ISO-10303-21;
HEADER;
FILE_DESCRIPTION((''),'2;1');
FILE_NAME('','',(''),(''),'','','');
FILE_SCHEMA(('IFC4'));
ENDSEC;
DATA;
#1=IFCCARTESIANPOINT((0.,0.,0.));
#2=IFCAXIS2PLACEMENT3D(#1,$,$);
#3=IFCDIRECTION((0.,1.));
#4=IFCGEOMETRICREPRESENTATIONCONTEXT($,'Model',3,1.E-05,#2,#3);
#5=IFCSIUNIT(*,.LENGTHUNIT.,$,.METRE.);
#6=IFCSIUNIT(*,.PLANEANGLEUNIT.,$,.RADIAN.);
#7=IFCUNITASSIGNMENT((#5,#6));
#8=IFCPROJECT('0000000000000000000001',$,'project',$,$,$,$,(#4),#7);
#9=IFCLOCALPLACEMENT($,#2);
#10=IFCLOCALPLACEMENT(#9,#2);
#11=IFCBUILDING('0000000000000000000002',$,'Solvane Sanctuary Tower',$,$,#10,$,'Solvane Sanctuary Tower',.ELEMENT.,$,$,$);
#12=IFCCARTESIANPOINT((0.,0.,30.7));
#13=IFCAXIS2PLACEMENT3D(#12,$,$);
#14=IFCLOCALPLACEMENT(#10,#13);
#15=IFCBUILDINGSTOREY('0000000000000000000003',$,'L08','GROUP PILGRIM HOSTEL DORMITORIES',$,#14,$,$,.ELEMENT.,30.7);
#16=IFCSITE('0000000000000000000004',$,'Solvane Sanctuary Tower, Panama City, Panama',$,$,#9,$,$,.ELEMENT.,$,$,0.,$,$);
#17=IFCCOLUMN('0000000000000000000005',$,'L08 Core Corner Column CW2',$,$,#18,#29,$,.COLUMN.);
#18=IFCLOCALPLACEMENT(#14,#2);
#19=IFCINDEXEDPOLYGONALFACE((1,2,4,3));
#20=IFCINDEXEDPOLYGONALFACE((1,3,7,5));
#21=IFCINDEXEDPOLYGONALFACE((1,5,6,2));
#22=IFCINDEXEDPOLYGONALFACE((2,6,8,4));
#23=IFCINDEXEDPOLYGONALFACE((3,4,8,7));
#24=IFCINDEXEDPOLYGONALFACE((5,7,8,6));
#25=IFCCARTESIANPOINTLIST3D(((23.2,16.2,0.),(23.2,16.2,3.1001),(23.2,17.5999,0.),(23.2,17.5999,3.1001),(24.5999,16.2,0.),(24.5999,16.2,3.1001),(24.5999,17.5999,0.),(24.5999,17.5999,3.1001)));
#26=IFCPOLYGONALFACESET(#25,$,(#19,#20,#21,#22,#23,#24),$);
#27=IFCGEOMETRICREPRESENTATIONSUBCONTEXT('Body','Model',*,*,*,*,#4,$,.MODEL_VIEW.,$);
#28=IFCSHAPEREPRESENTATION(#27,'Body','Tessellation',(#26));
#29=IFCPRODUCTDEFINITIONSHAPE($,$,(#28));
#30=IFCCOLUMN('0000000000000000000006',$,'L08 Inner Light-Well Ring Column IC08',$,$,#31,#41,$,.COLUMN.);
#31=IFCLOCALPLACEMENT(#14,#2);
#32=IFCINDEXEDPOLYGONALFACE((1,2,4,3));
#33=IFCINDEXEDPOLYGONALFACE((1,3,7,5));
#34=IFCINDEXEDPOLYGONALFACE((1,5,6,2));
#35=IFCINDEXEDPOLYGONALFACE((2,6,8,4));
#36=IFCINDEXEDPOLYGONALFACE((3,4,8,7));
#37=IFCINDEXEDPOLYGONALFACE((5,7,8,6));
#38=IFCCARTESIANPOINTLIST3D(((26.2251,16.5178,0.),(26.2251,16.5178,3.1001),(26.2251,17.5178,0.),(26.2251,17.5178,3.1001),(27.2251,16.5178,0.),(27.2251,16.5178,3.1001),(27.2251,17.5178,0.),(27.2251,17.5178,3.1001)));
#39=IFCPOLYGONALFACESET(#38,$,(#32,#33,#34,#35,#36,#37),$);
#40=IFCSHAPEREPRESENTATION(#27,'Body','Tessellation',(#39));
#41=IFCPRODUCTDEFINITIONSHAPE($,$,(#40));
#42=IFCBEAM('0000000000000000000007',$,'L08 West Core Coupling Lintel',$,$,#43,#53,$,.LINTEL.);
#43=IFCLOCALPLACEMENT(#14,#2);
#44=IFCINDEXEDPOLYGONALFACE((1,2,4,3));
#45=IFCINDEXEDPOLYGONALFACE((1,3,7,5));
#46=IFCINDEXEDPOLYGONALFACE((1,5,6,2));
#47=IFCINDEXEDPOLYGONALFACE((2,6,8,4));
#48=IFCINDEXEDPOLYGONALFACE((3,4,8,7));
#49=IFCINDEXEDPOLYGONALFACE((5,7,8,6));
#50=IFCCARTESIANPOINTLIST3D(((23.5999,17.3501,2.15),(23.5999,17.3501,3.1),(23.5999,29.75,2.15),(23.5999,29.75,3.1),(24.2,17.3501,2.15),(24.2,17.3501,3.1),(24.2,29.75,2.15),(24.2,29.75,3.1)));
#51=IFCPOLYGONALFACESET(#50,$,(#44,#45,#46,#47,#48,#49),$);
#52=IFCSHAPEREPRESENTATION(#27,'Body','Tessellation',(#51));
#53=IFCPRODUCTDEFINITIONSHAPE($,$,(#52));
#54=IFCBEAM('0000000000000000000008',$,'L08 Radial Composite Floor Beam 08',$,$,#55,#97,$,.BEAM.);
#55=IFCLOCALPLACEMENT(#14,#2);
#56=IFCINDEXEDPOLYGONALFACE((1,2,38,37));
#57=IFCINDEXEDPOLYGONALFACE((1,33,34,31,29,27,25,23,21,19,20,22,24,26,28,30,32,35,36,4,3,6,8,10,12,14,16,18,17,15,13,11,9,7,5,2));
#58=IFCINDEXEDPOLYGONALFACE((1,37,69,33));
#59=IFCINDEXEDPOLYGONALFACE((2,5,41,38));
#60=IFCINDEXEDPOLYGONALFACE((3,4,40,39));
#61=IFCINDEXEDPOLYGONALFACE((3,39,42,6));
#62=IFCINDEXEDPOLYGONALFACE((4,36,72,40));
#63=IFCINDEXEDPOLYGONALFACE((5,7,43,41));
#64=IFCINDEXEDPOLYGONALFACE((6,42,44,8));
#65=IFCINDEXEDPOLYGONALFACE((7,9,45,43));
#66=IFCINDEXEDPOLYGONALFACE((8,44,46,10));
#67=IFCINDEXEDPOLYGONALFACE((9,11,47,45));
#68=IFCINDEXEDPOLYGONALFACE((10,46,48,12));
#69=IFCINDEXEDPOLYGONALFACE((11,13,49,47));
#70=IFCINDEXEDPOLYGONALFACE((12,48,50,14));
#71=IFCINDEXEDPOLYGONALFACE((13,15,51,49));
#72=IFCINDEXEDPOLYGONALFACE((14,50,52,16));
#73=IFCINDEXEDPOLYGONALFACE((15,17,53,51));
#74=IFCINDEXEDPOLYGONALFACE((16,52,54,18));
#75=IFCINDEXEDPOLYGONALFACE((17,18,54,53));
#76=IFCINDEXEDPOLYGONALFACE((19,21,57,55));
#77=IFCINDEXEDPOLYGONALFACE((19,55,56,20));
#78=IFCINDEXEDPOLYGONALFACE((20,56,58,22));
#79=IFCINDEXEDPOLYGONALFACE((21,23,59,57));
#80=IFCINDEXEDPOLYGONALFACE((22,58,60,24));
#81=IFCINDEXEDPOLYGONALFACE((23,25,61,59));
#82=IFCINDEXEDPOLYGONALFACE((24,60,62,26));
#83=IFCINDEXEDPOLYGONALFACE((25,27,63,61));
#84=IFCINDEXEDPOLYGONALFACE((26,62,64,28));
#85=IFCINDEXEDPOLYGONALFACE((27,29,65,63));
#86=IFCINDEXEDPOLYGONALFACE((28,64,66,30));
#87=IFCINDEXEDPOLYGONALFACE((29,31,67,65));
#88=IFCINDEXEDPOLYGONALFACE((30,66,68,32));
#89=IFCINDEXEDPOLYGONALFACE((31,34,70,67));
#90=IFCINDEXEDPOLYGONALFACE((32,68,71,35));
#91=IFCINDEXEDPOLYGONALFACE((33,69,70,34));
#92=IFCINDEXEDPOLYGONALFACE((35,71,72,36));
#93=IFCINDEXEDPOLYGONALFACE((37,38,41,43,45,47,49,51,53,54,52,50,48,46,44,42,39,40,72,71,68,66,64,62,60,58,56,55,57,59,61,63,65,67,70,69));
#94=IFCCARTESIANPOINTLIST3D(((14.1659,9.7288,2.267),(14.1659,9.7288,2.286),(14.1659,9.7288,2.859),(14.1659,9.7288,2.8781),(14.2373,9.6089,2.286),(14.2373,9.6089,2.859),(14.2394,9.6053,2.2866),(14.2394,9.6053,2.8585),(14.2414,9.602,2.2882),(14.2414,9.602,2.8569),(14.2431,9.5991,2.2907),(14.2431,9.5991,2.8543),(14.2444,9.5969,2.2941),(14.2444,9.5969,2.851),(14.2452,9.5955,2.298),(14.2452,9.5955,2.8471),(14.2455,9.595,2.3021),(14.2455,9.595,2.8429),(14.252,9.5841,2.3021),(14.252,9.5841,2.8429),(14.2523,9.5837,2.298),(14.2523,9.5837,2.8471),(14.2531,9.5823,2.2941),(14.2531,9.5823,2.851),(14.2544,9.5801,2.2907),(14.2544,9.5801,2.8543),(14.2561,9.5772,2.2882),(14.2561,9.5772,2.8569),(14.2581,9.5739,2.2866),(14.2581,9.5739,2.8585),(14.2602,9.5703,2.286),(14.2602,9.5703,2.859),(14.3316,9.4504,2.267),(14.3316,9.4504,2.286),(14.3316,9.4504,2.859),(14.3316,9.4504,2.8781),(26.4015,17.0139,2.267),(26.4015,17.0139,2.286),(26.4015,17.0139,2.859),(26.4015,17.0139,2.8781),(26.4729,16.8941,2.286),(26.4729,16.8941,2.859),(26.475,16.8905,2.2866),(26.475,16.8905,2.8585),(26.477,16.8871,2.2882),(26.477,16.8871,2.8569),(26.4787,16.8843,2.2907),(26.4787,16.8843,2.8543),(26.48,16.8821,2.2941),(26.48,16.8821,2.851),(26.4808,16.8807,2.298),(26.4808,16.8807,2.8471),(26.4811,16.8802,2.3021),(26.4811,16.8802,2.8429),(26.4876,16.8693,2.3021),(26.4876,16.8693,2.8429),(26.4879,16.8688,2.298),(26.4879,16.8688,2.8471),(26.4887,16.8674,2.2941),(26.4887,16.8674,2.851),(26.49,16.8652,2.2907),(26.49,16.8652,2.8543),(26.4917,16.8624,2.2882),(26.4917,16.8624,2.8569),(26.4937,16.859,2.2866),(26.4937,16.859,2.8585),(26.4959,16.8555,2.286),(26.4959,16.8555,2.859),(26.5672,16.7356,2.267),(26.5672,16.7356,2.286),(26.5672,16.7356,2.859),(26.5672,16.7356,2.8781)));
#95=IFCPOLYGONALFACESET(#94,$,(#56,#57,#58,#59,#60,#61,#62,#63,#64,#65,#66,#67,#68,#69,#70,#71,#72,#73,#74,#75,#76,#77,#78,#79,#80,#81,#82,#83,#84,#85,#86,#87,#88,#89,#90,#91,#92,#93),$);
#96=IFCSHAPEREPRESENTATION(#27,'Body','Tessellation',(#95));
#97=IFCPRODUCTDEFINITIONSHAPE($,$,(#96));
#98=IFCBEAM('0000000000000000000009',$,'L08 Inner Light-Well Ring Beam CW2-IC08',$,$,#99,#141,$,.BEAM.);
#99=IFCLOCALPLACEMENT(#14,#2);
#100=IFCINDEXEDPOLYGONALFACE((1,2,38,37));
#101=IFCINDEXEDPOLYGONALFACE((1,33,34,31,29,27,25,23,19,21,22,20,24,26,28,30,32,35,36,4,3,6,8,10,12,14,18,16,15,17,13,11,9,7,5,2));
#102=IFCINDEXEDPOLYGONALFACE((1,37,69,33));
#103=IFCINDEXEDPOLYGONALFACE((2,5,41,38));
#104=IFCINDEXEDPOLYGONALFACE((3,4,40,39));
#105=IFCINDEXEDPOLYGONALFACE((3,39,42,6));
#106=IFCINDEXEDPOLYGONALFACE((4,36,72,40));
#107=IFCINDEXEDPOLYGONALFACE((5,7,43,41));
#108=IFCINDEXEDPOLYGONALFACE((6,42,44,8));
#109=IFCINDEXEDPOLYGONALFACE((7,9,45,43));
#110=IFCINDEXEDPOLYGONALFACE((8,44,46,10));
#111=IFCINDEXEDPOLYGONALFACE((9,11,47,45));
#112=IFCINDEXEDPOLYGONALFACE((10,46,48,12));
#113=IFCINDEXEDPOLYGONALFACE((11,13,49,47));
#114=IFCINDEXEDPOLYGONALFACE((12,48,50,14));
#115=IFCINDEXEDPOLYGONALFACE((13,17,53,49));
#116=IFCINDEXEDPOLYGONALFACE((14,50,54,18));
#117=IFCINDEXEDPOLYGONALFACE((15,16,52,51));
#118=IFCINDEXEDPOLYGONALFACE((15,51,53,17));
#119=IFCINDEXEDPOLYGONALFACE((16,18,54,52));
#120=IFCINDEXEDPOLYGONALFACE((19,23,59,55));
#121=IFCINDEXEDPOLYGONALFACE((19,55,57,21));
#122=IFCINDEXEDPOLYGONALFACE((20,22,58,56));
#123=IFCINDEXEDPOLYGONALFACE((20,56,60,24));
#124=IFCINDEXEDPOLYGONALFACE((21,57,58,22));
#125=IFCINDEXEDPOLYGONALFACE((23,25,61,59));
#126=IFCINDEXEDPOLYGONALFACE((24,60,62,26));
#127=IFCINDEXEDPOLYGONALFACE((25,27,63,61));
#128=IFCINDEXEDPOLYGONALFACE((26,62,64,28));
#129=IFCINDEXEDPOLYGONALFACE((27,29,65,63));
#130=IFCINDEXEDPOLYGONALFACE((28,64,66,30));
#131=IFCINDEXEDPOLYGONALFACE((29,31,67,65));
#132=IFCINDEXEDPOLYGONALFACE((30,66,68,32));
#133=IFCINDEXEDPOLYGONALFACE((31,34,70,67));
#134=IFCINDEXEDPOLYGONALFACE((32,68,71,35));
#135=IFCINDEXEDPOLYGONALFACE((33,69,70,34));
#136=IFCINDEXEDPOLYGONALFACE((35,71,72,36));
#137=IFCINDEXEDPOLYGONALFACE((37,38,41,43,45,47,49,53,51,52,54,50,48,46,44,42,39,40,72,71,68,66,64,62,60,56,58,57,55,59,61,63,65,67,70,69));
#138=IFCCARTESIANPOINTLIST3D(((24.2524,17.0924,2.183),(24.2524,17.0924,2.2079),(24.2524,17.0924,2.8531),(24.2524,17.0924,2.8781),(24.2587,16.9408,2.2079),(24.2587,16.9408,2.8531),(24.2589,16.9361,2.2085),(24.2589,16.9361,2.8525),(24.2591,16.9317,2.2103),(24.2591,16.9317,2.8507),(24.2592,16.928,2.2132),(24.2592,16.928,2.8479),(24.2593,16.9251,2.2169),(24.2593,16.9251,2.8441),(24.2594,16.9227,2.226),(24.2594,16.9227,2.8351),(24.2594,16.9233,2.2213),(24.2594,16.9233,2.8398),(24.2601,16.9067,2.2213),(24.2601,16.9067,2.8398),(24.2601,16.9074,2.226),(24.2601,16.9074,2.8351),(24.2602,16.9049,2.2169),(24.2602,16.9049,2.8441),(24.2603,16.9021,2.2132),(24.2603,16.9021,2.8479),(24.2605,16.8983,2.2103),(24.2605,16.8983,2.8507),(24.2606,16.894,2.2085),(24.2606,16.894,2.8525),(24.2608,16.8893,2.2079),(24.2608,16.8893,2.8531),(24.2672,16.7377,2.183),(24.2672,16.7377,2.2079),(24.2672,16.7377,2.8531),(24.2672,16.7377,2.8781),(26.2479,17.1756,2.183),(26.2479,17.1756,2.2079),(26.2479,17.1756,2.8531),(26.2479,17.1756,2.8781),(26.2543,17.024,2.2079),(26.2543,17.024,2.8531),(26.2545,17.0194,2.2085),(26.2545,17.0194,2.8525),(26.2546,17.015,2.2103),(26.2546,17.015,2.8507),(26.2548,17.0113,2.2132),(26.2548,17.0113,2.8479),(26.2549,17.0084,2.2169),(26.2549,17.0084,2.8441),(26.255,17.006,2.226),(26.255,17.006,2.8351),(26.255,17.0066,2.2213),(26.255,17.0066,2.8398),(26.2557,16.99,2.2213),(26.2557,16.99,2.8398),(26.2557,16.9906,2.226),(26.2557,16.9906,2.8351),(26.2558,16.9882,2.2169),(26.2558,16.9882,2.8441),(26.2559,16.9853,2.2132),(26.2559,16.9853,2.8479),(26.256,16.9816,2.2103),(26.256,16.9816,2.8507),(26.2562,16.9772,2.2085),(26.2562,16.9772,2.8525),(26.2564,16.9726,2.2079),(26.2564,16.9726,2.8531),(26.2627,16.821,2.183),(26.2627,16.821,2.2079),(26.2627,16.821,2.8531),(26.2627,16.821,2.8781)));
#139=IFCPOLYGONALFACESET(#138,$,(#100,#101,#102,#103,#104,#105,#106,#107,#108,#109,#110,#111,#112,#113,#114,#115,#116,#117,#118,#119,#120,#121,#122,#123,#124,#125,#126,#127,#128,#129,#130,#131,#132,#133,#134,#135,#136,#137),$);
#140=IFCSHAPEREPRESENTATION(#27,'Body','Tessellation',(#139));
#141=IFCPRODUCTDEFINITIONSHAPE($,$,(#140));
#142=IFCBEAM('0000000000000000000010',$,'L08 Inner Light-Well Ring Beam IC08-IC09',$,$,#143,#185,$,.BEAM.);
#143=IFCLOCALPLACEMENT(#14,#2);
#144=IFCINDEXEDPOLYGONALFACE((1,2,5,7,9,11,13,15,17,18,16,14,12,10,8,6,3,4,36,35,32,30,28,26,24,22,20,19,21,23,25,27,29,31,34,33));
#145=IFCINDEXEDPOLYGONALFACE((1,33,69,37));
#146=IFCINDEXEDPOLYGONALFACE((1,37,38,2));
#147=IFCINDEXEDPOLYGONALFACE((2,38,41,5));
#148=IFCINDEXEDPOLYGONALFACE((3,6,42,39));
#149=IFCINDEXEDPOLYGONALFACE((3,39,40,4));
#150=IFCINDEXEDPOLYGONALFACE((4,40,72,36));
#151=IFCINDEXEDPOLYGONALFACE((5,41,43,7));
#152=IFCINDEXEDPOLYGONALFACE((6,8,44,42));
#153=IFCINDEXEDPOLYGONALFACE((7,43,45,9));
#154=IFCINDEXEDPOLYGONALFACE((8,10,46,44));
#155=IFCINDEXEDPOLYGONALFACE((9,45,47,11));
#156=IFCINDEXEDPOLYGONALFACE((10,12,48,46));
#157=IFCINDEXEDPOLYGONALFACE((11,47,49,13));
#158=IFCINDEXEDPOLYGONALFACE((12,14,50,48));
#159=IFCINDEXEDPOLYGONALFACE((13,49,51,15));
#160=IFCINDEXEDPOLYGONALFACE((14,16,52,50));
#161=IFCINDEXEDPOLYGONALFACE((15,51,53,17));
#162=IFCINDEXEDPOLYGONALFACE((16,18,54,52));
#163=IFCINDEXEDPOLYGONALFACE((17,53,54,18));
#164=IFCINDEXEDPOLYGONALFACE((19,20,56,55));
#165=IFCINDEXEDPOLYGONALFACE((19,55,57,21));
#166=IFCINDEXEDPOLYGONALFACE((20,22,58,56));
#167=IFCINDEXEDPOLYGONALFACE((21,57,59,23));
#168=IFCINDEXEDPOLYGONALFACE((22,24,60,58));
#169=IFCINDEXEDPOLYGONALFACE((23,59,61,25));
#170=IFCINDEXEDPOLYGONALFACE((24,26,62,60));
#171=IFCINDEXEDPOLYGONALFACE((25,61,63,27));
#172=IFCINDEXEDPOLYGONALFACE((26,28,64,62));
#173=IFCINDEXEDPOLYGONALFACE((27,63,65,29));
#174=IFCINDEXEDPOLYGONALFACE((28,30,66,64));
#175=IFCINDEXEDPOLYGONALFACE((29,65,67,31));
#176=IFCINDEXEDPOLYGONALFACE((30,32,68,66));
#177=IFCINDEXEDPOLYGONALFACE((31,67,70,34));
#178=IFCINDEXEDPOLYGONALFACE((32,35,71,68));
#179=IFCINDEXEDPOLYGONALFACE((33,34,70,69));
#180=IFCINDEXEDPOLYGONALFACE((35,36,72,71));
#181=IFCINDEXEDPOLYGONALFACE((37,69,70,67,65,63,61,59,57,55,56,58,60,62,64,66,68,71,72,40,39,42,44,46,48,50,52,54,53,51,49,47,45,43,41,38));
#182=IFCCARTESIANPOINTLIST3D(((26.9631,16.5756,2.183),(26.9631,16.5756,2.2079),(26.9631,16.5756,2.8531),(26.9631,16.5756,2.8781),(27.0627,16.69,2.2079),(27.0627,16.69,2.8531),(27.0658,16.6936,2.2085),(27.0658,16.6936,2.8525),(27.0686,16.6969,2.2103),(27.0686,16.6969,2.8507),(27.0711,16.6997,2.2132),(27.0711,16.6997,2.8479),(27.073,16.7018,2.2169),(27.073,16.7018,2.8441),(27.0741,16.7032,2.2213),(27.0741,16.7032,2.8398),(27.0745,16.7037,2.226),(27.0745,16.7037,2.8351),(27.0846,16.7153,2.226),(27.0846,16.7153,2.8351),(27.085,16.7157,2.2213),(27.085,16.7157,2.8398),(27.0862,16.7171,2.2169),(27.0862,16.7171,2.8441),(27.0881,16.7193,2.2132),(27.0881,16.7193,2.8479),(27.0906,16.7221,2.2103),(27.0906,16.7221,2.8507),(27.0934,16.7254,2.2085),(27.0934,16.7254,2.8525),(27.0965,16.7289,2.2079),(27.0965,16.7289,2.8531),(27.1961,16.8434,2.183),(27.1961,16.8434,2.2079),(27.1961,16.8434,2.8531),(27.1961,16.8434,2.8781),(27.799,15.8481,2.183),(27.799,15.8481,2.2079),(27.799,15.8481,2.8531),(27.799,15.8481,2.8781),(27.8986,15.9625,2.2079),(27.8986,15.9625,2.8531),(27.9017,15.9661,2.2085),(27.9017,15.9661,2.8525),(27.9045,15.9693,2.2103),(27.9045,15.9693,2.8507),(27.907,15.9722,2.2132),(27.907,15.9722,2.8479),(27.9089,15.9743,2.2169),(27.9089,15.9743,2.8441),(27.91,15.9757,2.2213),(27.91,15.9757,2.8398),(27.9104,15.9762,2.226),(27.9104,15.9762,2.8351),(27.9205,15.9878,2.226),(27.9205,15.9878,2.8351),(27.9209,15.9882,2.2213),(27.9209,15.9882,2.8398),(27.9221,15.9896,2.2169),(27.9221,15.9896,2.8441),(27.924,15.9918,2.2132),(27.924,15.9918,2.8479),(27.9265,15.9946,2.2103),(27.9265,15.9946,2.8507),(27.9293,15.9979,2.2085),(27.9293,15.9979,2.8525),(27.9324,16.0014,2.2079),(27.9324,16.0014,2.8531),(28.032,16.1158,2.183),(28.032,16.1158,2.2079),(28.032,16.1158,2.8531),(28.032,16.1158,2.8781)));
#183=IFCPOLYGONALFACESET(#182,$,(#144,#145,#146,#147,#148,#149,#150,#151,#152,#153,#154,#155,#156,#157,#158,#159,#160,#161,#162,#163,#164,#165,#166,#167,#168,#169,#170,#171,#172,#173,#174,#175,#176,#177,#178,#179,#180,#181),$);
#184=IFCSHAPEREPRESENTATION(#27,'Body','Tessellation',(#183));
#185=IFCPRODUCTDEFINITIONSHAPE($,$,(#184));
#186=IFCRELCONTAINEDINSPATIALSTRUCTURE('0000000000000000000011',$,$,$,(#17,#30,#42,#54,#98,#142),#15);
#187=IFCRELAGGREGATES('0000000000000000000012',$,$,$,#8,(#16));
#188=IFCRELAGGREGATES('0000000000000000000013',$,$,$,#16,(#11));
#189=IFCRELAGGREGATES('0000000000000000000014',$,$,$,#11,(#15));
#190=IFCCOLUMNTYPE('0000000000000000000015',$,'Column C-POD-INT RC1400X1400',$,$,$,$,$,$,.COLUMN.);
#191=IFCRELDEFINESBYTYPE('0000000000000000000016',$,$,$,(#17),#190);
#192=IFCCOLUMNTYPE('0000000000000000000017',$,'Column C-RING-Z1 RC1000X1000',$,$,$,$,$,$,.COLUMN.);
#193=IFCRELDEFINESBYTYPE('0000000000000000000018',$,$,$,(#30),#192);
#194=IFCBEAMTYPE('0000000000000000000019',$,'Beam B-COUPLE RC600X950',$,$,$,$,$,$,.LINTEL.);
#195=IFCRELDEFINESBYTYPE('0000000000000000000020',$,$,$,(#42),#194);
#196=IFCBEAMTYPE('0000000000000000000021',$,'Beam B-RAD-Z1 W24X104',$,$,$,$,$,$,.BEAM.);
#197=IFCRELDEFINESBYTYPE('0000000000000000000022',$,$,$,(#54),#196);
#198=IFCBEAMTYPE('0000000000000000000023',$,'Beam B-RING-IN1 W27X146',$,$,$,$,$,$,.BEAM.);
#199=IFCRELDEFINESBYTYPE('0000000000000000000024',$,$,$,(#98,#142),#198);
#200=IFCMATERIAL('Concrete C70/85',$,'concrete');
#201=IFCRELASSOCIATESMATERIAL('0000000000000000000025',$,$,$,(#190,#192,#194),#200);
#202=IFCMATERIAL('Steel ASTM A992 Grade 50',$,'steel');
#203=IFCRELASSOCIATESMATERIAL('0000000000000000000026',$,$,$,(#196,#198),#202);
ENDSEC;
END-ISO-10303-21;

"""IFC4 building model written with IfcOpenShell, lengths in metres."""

from ifc_helpers import new_model, si_unit, direction, frame, origin, origin_2d, place, context, subcontext, project, spatial, rectangle, i_section, extrude, material, material_profile, profile_set, type_object, element, save


model = new_model("IFC4")

# Units and contexts
model_context = context("Model", 3, precision=1e-05, world=origin(), true_north=direction((0.0, 1.0)))
body_context = subcontext(model_context, "Body", "Model", "MODEL_VIEW")
ifc_project = project(units=[si_unit("LENGTHUNIT", "METRE"), si_unit("PLANEANGLEUNIT", "RADIAN")], contexts=[model_context])

# Site, building, storey
site_placement = place(None, origin())
site = spatial("IfcSite", under=ifc_project, at=site_placement, Name="Solvane Sanctuary Tower, Panama City, Panama", CompositionType="ELEMENT", RefElevation=0.0)
building_placement = place(site_placement, origin())
building = spatial("IfcBuilding", under=site, at=building_placement, Name="Solvane Sanctuary Tower", LongName="Solvane Sanctuary Tower", CompositionType="ELEMENT")
storey_placement = place(building_placement, frame((0.0, 0.0, 30.7)))
storey = spatial("IfcBuildingStorey", under=building, at=storey_placement, Name="L08", Description="GROUP PILGRIM HOSTEL DORMITORIES", CompositionType="ELEMENT", Elevation=30.7)

# Columns
ifc_material_1 = material(Name="Concrete C70/85", Category="concrete")
ifc_material_profile_1 = material_profile(ifc_material_1, rectangle(XDim=1.3999, YDim=1.3999, at=origin_2d()), Name="RC1400X1400")
ifc_profile_set_1 = profile_set([ifc_material_profile_1], Name="Concrete C70/85")
column_type_1 = type_object("IfcColumnType", Name="Column C-POD-INT RC1400X1400", PredefinedType="COLUMN", material=ifc_profile_set_1)
column_1_placement = place(storey_placement, frame((23.8999, 16.8999, 0.0), z_axis=(0.0, 0.0, 1.0), x_axis=(1.0, 0.0, 0.0)))
element("IfcColumn", 1, at=column_1_placement, inside=storey, type_object=column_type_1, Name="L08 Core Corner Column CW2", PredefinedType="COLUMN", context=body_context, shape_type="SweptSolid", body=[
    extrude(rectangle(XDim=1.3999, YDim=1.3999, at=origin_2d()), origin(), (0.0, 0.0, 1.0), 3.1001),
])
ifc_material_profile_2 = material_profile(ifc_material_1, rectangle(XDim=1.0, YDim=1.0, at=origin_2d()), Name="RC1000X1000")
ifc_profile_set_2 = profile_set([ifc_material_profile_2], Name="Concrete C70/85")
column_type_2 = type_object("IfcColumnType", Name="Column C-RING-Z1 RC1000X1000", PredefinedType="COLUMN", material=ifc_profile_set_2)
column_2_placement = place(storey_placement, frame((26.7251, 17.0178, 0.0), z_axis=(0.0, 0.0, 1.0), x_axis=(1.0, 0.0, 0.0)))
element("IfcColumn", 2, at=column_2_placement, inside=storey, type_object=column_type_2, Name="L08 Inner Light-Well Ring Column IC08", PredefinedType="COLUMN", context=body_context, shape_type="SweptSolid", body=[
    extrude(rectangle(XDim=1.0, YDim=1.0, at=origin_2d()), origin(), (0.0, 0.0, 1.0), 3.1001),
])

# Beams
ifc_material_profile_3 = material_profile(ifc_material_1, rectangle(XDim=0.6001, YDim=0.95, at=origin_2d()), Name="RC600X950")
ifc_profile_set_3 = profile_set([ifc_material_profile_3], Name="Concrete C70/85")
beam_type_1 = type_object("IfcBeamType", Name="Beam B-COUPLE RC600X950", PredefinedType="LINTEL", material=ifc_profile_set_3)
beam_1_placement = place(storey_placement, frame((23.8999, 17.3501, 2.625), z_axis=(0.0, 1.0, 0.0), x_axis=(-1.0, 0.0, 0.0)))
element("IfcBeam", 3, at=beam_1_placement, inside=storey, type_object=beam_type_1, Name="L08 West Core Coupling Lintel", PredefinedType="LINTEL", context=body_context, shape_type="SweptSolid", body=[
    extrude(rectangle(XDim=0.6001, YDim=0.95, at=origin_2d()), origin(), (0.0, 0.0, 1.0), 12.3999),
])
ifc_material_2 = material(Name="Steel ASTM A992 Grade 50", Category="steel")
ifc_material_profile_4 = material_profile(ifc_material_2, i_section(OverallWidth=0.324, OverallDepth=0.6111, WebThickness=0.0127, FlangeThickness=0.019, FilletRadius=0.0161, at=origin_2d()), Name="W24X104")
ifc_profile_set_4 = profile_set([ifc_material_profile_4], Name="Steel ASTM A992 Grade 50")
beam_type_2 = type_object("IfcBeamType", Name="Beam B-RAD-Z1 W24X104", PredefinedType="BEAM", material=ifc_profile_set_4)
beam_2_placement = place(storey_placement, frame((26.4844, 16.8748, 2.5725), z_axis=(-0.859229, -0.511591, 0.0), x_axis=(0.511591, -0.859229, 0.0)))
element("IfcBeam", 4, at=beam_2_placement, inside=storey, type_object=beam_type_2, Name="L08 Radial Composite Floor Beam 08", PredefinedType="BEAM", context=body_context, shape_type="SweptSolid", body=[
    extrude(i_section(OverallWidth=0.324, OverallDepth=0.6111, WebThickness=0.0127, FlangeThickness=0.019, FilletRadius=0.0161, at=origin_2d()), origin(), (0.0, 0.0, 1.0), 14.2402),
])
ifc_material_profile_5 = material_profile(ifc_material_2, i_section(OverallWidth=0.355, OverallDepth=0.6951, WebThickness=0.0154, FlangeThickness=0.0249, FilletRadius=0.0181, at=origin_2d()), Name="W27X146")
ifc_profile_set_5 = profile_set([ifc_material_profile_5], Name="Steel ASTM A992 Grade 50")
beam_type_3 = type_object("IfcBeamType", Name="Beam B-RING-IN1 W27X146", PredefinedType="BEAM", material=ifc_profile_set_5)
beam_3_placement = place(storey_placement, frame((24.2598, 16.915, 2.5305), z_axis=(0.999131, 0.041681, 0.0), x_axis=(-0.041681, 0.999131, 0.0)))
element("IfcBeam", 5, at=beam_3_placement, inside=storey, type_object=beam_type_3, Name="L08 Inner Light-Well Ring Beam CW2-IC08", PredefinedType="BEAM", context=body_context, shape_type="SweptSolid", body=[
    extrude(i_section(OverallWidth=0.355, OverallDepth=0.6951, WebThickness=0.0154, FlangeThickness=0.0249, FilletRadius=0.0181, at=origin_2d()), origin(), (0.0, 0.0, 1.0), 1.9973),
])
beam_4_placement = place(storey_placement, frame((27.0796, 16.7095, 2.5305), z_axis=(0.754321, -0.656506, 0.0), x_axis=(0.656506, 0.754321, 0.0)))
element("IfcBeam", 6, at=beam_4_placement, inside=storey, type_object=beam_type_3, Name="L08 Inner Light-Well Ring Beam IC08-IC09", PredefinedType="BEAM", context=body_context, shape_type="SweptSolid", body=[
    extrude(i_section(OverallWidth=0.355, OverallDepth=0.6951, WebThickness=0.0154, FlangeThickness=0.0249, FilletRadius=0.0181, at=origin_2d()), origin(), (0.0, 0.0, 1.0), 1.1082),
])

save(model, "model.ifc")
